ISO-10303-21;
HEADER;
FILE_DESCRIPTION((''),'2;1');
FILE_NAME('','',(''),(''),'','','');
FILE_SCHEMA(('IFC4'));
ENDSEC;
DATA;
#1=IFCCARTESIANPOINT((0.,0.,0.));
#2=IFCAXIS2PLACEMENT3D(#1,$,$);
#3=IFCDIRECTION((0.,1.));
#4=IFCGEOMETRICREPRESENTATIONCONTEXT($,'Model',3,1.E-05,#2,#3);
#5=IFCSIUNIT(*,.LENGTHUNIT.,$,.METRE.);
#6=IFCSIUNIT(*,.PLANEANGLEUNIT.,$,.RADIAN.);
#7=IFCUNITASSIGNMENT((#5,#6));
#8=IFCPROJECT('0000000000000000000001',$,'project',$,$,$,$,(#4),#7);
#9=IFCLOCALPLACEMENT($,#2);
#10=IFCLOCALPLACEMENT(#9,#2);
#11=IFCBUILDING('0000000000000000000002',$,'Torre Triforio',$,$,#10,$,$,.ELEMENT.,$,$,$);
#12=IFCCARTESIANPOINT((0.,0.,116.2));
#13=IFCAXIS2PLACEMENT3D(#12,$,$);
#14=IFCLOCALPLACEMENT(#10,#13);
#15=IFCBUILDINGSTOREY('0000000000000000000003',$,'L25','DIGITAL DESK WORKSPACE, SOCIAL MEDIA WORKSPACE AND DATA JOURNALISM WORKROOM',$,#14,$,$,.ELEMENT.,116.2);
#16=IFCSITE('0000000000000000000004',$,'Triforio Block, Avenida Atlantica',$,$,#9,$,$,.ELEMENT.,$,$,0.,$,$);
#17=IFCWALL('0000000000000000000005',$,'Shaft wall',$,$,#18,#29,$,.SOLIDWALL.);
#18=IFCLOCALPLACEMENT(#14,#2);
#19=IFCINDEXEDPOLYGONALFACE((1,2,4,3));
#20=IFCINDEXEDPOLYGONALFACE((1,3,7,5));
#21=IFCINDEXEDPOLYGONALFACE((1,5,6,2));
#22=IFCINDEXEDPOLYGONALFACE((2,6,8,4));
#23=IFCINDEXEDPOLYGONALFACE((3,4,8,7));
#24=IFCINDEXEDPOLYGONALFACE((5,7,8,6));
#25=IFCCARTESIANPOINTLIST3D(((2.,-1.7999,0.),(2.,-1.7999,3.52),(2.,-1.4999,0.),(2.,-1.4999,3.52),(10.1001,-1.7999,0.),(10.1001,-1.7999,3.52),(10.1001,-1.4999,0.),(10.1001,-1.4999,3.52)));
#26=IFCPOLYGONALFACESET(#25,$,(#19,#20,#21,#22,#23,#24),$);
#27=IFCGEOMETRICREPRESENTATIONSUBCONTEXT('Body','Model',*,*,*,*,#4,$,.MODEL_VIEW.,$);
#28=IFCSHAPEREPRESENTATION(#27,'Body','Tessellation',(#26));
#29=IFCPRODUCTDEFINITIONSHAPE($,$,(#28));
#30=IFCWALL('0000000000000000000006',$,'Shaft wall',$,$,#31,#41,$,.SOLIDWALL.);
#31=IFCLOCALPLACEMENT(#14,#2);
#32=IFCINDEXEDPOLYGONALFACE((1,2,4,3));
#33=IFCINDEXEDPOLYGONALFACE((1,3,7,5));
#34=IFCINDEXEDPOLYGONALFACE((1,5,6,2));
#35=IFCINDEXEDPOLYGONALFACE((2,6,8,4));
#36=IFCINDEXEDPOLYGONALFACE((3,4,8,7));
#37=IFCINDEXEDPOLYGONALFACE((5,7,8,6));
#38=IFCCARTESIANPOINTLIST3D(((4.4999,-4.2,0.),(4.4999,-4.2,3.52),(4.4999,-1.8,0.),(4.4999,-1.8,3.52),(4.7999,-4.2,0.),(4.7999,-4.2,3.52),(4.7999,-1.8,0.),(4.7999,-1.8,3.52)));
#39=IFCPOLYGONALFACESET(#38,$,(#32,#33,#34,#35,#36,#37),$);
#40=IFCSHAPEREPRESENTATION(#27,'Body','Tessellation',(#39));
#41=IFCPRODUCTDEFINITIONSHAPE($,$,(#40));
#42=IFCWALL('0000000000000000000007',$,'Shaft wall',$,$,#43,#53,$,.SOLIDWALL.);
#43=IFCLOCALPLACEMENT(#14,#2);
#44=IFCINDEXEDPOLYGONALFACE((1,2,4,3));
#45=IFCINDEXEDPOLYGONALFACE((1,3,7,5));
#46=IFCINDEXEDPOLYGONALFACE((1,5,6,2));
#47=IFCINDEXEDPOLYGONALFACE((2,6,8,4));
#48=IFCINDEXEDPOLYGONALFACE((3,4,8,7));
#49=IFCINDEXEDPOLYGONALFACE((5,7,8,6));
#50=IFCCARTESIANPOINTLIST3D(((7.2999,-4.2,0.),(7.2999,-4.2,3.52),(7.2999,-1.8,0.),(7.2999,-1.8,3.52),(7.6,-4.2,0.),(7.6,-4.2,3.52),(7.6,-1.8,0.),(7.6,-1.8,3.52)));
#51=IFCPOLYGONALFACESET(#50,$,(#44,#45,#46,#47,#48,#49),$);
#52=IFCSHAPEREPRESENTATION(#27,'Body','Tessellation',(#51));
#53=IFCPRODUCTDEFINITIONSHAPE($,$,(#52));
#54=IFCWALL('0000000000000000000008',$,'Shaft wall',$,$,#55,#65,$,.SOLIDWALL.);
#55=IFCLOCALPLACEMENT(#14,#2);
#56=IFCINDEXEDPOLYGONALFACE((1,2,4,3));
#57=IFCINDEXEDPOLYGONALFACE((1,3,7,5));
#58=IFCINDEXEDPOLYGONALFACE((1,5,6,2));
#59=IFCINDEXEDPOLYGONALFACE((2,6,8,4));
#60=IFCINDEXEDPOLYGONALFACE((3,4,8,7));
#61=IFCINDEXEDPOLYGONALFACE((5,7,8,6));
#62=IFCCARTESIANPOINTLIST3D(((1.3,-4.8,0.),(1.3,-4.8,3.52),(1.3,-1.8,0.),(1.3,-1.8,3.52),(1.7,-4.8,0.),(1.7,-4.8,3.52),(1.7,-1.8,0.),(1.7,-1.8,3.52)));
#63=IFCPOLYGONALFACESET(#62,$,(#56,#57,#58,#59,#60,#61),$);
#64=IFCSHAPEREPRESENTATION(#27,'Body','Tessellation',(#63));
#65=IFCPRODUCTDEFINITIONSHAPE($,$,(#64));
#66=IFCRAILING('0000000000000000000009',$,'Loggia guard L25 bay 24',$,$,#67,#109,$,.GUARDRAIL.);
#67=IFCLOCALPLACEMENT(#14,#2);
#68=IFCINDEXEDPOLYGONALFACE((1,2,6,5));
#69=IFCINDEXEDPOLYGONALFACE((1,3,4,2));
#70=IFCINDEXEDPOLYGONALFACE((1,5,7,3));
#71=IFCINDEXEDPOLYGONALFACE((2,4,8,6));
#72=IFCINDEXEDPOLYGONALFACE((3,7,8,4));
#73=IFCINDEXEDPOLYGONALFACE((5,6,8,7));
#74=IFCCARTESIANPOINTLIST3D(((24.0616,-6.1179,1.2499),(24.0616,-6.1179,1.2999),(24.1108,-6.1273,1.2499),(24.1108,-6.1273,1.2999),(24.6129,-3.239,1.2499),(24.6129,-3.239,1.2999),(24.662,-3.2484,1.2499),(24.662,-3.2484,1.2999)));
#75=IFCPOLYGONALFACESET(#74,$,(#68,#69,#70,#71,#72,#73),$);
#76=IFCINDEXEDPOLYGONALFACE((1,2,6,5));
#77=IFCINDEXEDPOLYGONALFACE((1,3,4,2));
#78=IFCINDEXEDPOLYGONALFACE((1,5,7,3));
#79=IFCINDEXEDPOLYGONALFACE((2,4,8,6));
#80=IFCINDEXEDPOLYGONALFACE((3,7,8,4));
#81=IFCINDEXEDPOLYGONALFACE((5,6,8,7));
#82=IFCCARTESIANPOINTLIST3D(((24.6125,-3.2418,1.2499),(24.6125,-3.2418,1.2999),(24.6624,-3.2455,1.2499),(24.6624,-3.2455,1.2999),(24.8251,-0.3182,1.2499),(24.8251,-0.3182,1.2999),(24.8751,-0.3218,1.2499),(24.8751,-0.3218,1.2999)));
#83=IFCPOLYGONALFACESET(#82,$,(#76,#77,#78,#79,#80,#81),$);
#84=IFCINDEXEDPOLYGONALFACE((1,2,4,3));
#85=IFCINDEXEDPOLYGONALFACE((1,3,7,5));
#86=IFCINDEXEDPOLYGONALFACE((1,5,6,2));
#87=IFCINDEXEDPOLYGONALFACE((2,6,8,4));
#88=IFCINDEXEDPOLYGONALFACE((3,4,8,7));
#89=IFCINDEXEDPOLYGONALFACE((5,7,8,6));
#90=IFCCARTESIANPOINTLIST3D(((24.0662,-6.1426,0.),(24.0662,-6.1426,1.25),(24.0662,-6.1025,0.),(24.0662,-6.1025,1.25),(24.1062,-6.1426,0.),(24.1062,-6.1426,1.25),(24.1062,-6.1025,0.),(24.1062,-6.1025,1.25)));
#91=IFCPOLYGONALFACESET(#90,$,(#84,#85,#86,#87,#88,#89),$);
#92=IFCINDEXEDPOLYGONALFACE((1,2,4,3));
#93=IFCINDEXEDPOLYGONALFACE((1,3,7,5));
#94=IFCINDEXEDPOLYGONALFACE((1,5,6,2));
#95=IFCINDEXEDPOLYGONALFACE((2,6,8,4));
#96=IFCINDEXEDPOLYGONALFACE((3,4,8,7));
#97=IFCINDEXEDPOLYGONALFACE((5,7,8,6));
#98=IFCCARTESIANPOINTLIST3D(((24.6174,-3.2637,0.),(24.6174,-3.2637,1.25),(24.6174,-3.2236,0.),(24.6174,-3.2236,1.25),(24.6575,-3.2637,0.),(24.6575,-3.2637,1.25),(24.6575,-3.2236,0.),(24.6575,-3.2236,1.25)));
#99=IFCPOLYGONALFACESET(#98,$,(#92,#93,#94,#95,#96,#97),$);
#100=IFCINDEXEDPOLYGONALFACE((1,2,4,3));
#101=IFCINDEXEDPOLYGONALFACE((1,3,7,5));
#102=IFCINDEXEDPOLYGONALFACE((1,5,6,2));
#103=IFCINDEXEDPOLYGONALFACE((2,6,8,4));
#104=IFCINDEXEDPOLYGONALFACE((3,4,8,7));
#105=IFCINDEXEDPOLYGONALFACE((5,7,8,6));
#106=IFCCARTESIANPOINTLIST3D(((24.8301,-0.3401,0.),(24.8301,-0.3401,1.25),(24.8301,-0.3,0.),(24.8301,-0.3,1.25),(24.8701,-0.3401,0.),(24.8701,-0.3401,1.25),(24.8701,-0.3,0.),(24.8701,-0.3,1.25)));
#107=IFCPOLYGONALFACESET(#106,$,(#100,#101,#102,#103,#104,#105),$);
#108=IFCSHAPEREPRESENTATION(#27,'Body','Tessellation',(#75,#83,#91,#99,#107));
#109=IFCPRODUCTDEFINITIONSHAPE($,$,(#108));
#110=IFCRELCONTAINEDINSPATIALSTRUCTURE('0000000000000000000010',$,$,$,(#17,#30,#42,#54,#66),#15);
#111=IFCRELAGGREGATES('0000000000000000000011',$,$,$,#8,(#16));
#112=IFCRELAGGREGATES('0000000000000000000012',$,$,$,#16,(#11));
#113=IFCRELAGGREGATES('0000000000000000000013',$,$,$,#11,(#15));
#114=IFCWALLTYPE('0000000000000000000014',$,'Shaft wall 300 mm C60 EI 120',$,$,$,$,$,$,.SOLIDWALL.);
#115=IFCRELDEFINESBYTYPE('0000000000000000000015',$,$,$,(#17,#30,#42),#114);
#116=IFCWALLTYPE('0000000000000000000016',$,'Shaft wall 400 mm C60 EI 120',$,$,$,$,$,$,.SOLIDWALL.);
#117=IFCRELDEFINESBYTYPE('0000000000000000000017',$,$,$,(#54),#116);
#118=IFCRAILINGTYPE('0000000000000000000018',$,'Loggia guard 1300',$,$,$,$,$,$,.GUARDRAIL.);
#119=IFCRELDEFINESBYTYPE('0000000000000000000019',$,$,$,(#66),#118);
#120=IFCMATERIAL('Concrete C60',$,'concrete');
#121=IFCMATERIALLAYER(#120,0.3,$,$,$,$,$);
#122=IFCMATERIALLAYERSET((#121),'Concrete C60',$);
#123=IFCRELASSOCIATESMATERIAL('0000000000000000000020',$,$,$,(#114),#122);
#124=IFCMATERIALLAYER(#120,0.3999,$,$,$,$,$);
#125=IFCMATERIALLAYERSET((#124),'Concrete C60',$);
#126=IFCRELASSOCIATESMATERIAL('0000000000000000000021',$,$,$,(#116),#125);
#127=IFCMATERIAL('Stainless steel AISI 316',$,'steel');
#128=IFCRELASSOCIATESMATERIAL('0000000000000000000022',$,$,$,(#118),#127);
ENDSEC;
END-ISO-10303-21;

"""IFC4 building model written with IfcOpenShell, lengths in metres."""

from ifc_helpers import new_model, si_unit, direction, frame, frame_2d, origin, origin_2d, place, context, subcontext, project, spatial, rectangle, extrude, material, layer, layer_set, type_object, element, save


model = new_model("IFC4")

# Units and contexts
model_context = context("Model", 3, precision=1e-05, world=origin(), true_north=direction((0.0, 1.0)))
body_context = subcontext(model_context, "Body", "Model", "MODEL_VIEW")
ifc_project = project(units=[si_unit("LENGTHUNIT", "METRE"), si_unit("PLANEANGLEUNIT", "RADIAN")], contexts=[model_context])

# Site, building, storey
site_placement = place(None, origin())
site = spatial("IfcSite", under=ifc_project, at=site_placement, Name="Triforio Block, Avenida Atlantica", CompositionType="ELEMENT", RefElevation=0.0)
building_placement = place(site_placement, origin())
building = spatial("IfcBuilding", under=site, at=building_placement, Name="Torre Triforio", CompositionType="ELEMENT")
storey_placement = place(building_placement, frame((0.0, 0.0, 116.2)))
storey = spatial("IfcBuildingStorey", under=building, at=storey_placement, Name="L25", Description="DIGITAL DESK WORKSPACE, SOCIAL MEDIA WORKSPACE AND DATA JOURNALISM WORKROOM", CompositionType="ELEMENT", Elevation=116.2)

# Shared definitions
ifc_material_1 = material(Name="Concrete C60", Category="concrete")

# Walls
ifc_layer_1 = layer(ifc_material_1, 0.3)
ifc_layer_set_1 = layer_set([ifc_layer_1], Name="Concrete C60")
wall_type_1 = type_object("IfcWallType", Name="Shaft wall 300 mm C60 EI 120", PredefinedType="SOLIDWALL", material=ifc_layer_set_1)
for number, where, z_axis, x_axis, name in (
    (1, (2.0, -1.6499, 0.0), (0.0, 0.0, 1.0), (1.0, 0.0, 0.0), "Shaft wall"),
):
    element("IfcWall", number, at=place(storey_placement, frame(where, z_axis=z_axis, x_axis=x_axis)), inside=storey, type_object=wall_type_1, Name=name, PredefinedType="SOLIDWALL", context=body_context, shape_type="SweptSolid", body=[
        extrude(rectangle(XDim=8.1001, YDim=0.3, at=frame_2d((4.05, 0.0))), origin(), (0.0, 0.0, 1.0), 3.52),
    ])
for number, where, z_axis, x_axis, name in (
    (2, (4.6499, -4.2, 0.0), (0.0, 0.0, 1.0), (0.0, 1.0, 0.0), "Shaft wall"),
    (3, (7.45, -4.2, 0.0), (0.0, 0.0, 1.0), (0.0, 1.0, 0.0), "Shaft wall"),
):
    element("IfcWall", number, at=place(storey_placement, frame(where, z_axis=z_axis, x_axis=x_axis)), inside=storey, type_object=wall_type_1, Name=name, PredefinedType="SOLIDWALL", context=body_context, shape_type="SweptSolid", body=[
        extrude(rectangle(XDim=2.3999, YDim=0.3, at=frame_2d((1.2, 0.0))), origin(), (0.0, 0.0, 1.0), 3.52),
    ])
ifc_layer_2 = layer(ifc_material_1, 0.3999)
ifc_layer_set_2 = layer_set([ifc_layer_2], Name="Concrete C60")
wall_type_2 = type_object("IfcWallType", Name="Shaft wall 400 mm C60 EI 120", PredefinedType="SOLIDWALL", material=ifc_layer_set_2)
wall_1_placement = place(storey_placement, frame((1.5, -4.8, 0.0), z_axis=(0.0, 0.0, 1.0), x_axis=(0.0, 1.0, 0.0)))
element("IfcWall", 4, at=wall_1_placement, inside=storey, type_object=wall_type_2, Name="Shaft wall", PredefinedType="SOLIDWALL", context=body_context, shape_type="SweptSolid", body=[
    extrude(rectangle(XDim=3.0, YDim=0.3999, at=frame_2d((1.5, 0.0))), origin(), (0.0, 0.0, 1.0), 3.52),
])

# Railing
ifc_material_2 = material(Name="Stainless steel AISI 316", Category="steel")
railing_type = type_object("IfcRailingType", Name="Loggia guard 1300", PredefinedType="GUARDRAIL", material=ifc_material_2)
railing_placement = place(storey_placement, frame((24.0862, -6.1226, 0.0)))
element("IfcRailing", 5, at=railing_placement, inside=storey, type_object=railing_type, Name="Loggia guard L25 bay 24", PredefinedType="GUARDRAIL", context=body_context, shape_type="SweptSolid", body=[
    extrude(rectangle(XDim=0.05, YDim=0.05, at=origin_2d()), frame((0.0, 0.0, 1.2749), z_axis=(0.188069, 0.982156, 0.0), x_axis=(-0.982156, 0.188069, 0.0)), (0.0, 0.0, 1.0), 2.9312),
    extrude(rectangle(XDim=0.05, YDim=0.05, at=origin_2d()), frame((0.5513, 2.8789, 1.2749), z_axis=(0.072543, 0.997365, 0.0), x_axis=(-0.997365, 0.072543, 0.0)), (0.0, 0.0, 1.0), 2.9314),
    extrude(rectangle(XDim=0.04, YDim=0.04, at=origin_2d()), origin(), (0.0, 0.0, 1.0), 1.25),
    extrude(rectangle(XDim=0.04, YDim=0.04, at=origin_2d()), frame((0.5513, 2.8789, 0.0)), (0.0, 0.0, 1.0), 1.25),
    extrude(rectangle(XDim=0.04, YDim=0.04, at=origin_2d()), frame((0.7639, 5.8025, 0.0)), (0.0, 0.0, 1.0), 1.25),
])

save(model, "model.ifc")
